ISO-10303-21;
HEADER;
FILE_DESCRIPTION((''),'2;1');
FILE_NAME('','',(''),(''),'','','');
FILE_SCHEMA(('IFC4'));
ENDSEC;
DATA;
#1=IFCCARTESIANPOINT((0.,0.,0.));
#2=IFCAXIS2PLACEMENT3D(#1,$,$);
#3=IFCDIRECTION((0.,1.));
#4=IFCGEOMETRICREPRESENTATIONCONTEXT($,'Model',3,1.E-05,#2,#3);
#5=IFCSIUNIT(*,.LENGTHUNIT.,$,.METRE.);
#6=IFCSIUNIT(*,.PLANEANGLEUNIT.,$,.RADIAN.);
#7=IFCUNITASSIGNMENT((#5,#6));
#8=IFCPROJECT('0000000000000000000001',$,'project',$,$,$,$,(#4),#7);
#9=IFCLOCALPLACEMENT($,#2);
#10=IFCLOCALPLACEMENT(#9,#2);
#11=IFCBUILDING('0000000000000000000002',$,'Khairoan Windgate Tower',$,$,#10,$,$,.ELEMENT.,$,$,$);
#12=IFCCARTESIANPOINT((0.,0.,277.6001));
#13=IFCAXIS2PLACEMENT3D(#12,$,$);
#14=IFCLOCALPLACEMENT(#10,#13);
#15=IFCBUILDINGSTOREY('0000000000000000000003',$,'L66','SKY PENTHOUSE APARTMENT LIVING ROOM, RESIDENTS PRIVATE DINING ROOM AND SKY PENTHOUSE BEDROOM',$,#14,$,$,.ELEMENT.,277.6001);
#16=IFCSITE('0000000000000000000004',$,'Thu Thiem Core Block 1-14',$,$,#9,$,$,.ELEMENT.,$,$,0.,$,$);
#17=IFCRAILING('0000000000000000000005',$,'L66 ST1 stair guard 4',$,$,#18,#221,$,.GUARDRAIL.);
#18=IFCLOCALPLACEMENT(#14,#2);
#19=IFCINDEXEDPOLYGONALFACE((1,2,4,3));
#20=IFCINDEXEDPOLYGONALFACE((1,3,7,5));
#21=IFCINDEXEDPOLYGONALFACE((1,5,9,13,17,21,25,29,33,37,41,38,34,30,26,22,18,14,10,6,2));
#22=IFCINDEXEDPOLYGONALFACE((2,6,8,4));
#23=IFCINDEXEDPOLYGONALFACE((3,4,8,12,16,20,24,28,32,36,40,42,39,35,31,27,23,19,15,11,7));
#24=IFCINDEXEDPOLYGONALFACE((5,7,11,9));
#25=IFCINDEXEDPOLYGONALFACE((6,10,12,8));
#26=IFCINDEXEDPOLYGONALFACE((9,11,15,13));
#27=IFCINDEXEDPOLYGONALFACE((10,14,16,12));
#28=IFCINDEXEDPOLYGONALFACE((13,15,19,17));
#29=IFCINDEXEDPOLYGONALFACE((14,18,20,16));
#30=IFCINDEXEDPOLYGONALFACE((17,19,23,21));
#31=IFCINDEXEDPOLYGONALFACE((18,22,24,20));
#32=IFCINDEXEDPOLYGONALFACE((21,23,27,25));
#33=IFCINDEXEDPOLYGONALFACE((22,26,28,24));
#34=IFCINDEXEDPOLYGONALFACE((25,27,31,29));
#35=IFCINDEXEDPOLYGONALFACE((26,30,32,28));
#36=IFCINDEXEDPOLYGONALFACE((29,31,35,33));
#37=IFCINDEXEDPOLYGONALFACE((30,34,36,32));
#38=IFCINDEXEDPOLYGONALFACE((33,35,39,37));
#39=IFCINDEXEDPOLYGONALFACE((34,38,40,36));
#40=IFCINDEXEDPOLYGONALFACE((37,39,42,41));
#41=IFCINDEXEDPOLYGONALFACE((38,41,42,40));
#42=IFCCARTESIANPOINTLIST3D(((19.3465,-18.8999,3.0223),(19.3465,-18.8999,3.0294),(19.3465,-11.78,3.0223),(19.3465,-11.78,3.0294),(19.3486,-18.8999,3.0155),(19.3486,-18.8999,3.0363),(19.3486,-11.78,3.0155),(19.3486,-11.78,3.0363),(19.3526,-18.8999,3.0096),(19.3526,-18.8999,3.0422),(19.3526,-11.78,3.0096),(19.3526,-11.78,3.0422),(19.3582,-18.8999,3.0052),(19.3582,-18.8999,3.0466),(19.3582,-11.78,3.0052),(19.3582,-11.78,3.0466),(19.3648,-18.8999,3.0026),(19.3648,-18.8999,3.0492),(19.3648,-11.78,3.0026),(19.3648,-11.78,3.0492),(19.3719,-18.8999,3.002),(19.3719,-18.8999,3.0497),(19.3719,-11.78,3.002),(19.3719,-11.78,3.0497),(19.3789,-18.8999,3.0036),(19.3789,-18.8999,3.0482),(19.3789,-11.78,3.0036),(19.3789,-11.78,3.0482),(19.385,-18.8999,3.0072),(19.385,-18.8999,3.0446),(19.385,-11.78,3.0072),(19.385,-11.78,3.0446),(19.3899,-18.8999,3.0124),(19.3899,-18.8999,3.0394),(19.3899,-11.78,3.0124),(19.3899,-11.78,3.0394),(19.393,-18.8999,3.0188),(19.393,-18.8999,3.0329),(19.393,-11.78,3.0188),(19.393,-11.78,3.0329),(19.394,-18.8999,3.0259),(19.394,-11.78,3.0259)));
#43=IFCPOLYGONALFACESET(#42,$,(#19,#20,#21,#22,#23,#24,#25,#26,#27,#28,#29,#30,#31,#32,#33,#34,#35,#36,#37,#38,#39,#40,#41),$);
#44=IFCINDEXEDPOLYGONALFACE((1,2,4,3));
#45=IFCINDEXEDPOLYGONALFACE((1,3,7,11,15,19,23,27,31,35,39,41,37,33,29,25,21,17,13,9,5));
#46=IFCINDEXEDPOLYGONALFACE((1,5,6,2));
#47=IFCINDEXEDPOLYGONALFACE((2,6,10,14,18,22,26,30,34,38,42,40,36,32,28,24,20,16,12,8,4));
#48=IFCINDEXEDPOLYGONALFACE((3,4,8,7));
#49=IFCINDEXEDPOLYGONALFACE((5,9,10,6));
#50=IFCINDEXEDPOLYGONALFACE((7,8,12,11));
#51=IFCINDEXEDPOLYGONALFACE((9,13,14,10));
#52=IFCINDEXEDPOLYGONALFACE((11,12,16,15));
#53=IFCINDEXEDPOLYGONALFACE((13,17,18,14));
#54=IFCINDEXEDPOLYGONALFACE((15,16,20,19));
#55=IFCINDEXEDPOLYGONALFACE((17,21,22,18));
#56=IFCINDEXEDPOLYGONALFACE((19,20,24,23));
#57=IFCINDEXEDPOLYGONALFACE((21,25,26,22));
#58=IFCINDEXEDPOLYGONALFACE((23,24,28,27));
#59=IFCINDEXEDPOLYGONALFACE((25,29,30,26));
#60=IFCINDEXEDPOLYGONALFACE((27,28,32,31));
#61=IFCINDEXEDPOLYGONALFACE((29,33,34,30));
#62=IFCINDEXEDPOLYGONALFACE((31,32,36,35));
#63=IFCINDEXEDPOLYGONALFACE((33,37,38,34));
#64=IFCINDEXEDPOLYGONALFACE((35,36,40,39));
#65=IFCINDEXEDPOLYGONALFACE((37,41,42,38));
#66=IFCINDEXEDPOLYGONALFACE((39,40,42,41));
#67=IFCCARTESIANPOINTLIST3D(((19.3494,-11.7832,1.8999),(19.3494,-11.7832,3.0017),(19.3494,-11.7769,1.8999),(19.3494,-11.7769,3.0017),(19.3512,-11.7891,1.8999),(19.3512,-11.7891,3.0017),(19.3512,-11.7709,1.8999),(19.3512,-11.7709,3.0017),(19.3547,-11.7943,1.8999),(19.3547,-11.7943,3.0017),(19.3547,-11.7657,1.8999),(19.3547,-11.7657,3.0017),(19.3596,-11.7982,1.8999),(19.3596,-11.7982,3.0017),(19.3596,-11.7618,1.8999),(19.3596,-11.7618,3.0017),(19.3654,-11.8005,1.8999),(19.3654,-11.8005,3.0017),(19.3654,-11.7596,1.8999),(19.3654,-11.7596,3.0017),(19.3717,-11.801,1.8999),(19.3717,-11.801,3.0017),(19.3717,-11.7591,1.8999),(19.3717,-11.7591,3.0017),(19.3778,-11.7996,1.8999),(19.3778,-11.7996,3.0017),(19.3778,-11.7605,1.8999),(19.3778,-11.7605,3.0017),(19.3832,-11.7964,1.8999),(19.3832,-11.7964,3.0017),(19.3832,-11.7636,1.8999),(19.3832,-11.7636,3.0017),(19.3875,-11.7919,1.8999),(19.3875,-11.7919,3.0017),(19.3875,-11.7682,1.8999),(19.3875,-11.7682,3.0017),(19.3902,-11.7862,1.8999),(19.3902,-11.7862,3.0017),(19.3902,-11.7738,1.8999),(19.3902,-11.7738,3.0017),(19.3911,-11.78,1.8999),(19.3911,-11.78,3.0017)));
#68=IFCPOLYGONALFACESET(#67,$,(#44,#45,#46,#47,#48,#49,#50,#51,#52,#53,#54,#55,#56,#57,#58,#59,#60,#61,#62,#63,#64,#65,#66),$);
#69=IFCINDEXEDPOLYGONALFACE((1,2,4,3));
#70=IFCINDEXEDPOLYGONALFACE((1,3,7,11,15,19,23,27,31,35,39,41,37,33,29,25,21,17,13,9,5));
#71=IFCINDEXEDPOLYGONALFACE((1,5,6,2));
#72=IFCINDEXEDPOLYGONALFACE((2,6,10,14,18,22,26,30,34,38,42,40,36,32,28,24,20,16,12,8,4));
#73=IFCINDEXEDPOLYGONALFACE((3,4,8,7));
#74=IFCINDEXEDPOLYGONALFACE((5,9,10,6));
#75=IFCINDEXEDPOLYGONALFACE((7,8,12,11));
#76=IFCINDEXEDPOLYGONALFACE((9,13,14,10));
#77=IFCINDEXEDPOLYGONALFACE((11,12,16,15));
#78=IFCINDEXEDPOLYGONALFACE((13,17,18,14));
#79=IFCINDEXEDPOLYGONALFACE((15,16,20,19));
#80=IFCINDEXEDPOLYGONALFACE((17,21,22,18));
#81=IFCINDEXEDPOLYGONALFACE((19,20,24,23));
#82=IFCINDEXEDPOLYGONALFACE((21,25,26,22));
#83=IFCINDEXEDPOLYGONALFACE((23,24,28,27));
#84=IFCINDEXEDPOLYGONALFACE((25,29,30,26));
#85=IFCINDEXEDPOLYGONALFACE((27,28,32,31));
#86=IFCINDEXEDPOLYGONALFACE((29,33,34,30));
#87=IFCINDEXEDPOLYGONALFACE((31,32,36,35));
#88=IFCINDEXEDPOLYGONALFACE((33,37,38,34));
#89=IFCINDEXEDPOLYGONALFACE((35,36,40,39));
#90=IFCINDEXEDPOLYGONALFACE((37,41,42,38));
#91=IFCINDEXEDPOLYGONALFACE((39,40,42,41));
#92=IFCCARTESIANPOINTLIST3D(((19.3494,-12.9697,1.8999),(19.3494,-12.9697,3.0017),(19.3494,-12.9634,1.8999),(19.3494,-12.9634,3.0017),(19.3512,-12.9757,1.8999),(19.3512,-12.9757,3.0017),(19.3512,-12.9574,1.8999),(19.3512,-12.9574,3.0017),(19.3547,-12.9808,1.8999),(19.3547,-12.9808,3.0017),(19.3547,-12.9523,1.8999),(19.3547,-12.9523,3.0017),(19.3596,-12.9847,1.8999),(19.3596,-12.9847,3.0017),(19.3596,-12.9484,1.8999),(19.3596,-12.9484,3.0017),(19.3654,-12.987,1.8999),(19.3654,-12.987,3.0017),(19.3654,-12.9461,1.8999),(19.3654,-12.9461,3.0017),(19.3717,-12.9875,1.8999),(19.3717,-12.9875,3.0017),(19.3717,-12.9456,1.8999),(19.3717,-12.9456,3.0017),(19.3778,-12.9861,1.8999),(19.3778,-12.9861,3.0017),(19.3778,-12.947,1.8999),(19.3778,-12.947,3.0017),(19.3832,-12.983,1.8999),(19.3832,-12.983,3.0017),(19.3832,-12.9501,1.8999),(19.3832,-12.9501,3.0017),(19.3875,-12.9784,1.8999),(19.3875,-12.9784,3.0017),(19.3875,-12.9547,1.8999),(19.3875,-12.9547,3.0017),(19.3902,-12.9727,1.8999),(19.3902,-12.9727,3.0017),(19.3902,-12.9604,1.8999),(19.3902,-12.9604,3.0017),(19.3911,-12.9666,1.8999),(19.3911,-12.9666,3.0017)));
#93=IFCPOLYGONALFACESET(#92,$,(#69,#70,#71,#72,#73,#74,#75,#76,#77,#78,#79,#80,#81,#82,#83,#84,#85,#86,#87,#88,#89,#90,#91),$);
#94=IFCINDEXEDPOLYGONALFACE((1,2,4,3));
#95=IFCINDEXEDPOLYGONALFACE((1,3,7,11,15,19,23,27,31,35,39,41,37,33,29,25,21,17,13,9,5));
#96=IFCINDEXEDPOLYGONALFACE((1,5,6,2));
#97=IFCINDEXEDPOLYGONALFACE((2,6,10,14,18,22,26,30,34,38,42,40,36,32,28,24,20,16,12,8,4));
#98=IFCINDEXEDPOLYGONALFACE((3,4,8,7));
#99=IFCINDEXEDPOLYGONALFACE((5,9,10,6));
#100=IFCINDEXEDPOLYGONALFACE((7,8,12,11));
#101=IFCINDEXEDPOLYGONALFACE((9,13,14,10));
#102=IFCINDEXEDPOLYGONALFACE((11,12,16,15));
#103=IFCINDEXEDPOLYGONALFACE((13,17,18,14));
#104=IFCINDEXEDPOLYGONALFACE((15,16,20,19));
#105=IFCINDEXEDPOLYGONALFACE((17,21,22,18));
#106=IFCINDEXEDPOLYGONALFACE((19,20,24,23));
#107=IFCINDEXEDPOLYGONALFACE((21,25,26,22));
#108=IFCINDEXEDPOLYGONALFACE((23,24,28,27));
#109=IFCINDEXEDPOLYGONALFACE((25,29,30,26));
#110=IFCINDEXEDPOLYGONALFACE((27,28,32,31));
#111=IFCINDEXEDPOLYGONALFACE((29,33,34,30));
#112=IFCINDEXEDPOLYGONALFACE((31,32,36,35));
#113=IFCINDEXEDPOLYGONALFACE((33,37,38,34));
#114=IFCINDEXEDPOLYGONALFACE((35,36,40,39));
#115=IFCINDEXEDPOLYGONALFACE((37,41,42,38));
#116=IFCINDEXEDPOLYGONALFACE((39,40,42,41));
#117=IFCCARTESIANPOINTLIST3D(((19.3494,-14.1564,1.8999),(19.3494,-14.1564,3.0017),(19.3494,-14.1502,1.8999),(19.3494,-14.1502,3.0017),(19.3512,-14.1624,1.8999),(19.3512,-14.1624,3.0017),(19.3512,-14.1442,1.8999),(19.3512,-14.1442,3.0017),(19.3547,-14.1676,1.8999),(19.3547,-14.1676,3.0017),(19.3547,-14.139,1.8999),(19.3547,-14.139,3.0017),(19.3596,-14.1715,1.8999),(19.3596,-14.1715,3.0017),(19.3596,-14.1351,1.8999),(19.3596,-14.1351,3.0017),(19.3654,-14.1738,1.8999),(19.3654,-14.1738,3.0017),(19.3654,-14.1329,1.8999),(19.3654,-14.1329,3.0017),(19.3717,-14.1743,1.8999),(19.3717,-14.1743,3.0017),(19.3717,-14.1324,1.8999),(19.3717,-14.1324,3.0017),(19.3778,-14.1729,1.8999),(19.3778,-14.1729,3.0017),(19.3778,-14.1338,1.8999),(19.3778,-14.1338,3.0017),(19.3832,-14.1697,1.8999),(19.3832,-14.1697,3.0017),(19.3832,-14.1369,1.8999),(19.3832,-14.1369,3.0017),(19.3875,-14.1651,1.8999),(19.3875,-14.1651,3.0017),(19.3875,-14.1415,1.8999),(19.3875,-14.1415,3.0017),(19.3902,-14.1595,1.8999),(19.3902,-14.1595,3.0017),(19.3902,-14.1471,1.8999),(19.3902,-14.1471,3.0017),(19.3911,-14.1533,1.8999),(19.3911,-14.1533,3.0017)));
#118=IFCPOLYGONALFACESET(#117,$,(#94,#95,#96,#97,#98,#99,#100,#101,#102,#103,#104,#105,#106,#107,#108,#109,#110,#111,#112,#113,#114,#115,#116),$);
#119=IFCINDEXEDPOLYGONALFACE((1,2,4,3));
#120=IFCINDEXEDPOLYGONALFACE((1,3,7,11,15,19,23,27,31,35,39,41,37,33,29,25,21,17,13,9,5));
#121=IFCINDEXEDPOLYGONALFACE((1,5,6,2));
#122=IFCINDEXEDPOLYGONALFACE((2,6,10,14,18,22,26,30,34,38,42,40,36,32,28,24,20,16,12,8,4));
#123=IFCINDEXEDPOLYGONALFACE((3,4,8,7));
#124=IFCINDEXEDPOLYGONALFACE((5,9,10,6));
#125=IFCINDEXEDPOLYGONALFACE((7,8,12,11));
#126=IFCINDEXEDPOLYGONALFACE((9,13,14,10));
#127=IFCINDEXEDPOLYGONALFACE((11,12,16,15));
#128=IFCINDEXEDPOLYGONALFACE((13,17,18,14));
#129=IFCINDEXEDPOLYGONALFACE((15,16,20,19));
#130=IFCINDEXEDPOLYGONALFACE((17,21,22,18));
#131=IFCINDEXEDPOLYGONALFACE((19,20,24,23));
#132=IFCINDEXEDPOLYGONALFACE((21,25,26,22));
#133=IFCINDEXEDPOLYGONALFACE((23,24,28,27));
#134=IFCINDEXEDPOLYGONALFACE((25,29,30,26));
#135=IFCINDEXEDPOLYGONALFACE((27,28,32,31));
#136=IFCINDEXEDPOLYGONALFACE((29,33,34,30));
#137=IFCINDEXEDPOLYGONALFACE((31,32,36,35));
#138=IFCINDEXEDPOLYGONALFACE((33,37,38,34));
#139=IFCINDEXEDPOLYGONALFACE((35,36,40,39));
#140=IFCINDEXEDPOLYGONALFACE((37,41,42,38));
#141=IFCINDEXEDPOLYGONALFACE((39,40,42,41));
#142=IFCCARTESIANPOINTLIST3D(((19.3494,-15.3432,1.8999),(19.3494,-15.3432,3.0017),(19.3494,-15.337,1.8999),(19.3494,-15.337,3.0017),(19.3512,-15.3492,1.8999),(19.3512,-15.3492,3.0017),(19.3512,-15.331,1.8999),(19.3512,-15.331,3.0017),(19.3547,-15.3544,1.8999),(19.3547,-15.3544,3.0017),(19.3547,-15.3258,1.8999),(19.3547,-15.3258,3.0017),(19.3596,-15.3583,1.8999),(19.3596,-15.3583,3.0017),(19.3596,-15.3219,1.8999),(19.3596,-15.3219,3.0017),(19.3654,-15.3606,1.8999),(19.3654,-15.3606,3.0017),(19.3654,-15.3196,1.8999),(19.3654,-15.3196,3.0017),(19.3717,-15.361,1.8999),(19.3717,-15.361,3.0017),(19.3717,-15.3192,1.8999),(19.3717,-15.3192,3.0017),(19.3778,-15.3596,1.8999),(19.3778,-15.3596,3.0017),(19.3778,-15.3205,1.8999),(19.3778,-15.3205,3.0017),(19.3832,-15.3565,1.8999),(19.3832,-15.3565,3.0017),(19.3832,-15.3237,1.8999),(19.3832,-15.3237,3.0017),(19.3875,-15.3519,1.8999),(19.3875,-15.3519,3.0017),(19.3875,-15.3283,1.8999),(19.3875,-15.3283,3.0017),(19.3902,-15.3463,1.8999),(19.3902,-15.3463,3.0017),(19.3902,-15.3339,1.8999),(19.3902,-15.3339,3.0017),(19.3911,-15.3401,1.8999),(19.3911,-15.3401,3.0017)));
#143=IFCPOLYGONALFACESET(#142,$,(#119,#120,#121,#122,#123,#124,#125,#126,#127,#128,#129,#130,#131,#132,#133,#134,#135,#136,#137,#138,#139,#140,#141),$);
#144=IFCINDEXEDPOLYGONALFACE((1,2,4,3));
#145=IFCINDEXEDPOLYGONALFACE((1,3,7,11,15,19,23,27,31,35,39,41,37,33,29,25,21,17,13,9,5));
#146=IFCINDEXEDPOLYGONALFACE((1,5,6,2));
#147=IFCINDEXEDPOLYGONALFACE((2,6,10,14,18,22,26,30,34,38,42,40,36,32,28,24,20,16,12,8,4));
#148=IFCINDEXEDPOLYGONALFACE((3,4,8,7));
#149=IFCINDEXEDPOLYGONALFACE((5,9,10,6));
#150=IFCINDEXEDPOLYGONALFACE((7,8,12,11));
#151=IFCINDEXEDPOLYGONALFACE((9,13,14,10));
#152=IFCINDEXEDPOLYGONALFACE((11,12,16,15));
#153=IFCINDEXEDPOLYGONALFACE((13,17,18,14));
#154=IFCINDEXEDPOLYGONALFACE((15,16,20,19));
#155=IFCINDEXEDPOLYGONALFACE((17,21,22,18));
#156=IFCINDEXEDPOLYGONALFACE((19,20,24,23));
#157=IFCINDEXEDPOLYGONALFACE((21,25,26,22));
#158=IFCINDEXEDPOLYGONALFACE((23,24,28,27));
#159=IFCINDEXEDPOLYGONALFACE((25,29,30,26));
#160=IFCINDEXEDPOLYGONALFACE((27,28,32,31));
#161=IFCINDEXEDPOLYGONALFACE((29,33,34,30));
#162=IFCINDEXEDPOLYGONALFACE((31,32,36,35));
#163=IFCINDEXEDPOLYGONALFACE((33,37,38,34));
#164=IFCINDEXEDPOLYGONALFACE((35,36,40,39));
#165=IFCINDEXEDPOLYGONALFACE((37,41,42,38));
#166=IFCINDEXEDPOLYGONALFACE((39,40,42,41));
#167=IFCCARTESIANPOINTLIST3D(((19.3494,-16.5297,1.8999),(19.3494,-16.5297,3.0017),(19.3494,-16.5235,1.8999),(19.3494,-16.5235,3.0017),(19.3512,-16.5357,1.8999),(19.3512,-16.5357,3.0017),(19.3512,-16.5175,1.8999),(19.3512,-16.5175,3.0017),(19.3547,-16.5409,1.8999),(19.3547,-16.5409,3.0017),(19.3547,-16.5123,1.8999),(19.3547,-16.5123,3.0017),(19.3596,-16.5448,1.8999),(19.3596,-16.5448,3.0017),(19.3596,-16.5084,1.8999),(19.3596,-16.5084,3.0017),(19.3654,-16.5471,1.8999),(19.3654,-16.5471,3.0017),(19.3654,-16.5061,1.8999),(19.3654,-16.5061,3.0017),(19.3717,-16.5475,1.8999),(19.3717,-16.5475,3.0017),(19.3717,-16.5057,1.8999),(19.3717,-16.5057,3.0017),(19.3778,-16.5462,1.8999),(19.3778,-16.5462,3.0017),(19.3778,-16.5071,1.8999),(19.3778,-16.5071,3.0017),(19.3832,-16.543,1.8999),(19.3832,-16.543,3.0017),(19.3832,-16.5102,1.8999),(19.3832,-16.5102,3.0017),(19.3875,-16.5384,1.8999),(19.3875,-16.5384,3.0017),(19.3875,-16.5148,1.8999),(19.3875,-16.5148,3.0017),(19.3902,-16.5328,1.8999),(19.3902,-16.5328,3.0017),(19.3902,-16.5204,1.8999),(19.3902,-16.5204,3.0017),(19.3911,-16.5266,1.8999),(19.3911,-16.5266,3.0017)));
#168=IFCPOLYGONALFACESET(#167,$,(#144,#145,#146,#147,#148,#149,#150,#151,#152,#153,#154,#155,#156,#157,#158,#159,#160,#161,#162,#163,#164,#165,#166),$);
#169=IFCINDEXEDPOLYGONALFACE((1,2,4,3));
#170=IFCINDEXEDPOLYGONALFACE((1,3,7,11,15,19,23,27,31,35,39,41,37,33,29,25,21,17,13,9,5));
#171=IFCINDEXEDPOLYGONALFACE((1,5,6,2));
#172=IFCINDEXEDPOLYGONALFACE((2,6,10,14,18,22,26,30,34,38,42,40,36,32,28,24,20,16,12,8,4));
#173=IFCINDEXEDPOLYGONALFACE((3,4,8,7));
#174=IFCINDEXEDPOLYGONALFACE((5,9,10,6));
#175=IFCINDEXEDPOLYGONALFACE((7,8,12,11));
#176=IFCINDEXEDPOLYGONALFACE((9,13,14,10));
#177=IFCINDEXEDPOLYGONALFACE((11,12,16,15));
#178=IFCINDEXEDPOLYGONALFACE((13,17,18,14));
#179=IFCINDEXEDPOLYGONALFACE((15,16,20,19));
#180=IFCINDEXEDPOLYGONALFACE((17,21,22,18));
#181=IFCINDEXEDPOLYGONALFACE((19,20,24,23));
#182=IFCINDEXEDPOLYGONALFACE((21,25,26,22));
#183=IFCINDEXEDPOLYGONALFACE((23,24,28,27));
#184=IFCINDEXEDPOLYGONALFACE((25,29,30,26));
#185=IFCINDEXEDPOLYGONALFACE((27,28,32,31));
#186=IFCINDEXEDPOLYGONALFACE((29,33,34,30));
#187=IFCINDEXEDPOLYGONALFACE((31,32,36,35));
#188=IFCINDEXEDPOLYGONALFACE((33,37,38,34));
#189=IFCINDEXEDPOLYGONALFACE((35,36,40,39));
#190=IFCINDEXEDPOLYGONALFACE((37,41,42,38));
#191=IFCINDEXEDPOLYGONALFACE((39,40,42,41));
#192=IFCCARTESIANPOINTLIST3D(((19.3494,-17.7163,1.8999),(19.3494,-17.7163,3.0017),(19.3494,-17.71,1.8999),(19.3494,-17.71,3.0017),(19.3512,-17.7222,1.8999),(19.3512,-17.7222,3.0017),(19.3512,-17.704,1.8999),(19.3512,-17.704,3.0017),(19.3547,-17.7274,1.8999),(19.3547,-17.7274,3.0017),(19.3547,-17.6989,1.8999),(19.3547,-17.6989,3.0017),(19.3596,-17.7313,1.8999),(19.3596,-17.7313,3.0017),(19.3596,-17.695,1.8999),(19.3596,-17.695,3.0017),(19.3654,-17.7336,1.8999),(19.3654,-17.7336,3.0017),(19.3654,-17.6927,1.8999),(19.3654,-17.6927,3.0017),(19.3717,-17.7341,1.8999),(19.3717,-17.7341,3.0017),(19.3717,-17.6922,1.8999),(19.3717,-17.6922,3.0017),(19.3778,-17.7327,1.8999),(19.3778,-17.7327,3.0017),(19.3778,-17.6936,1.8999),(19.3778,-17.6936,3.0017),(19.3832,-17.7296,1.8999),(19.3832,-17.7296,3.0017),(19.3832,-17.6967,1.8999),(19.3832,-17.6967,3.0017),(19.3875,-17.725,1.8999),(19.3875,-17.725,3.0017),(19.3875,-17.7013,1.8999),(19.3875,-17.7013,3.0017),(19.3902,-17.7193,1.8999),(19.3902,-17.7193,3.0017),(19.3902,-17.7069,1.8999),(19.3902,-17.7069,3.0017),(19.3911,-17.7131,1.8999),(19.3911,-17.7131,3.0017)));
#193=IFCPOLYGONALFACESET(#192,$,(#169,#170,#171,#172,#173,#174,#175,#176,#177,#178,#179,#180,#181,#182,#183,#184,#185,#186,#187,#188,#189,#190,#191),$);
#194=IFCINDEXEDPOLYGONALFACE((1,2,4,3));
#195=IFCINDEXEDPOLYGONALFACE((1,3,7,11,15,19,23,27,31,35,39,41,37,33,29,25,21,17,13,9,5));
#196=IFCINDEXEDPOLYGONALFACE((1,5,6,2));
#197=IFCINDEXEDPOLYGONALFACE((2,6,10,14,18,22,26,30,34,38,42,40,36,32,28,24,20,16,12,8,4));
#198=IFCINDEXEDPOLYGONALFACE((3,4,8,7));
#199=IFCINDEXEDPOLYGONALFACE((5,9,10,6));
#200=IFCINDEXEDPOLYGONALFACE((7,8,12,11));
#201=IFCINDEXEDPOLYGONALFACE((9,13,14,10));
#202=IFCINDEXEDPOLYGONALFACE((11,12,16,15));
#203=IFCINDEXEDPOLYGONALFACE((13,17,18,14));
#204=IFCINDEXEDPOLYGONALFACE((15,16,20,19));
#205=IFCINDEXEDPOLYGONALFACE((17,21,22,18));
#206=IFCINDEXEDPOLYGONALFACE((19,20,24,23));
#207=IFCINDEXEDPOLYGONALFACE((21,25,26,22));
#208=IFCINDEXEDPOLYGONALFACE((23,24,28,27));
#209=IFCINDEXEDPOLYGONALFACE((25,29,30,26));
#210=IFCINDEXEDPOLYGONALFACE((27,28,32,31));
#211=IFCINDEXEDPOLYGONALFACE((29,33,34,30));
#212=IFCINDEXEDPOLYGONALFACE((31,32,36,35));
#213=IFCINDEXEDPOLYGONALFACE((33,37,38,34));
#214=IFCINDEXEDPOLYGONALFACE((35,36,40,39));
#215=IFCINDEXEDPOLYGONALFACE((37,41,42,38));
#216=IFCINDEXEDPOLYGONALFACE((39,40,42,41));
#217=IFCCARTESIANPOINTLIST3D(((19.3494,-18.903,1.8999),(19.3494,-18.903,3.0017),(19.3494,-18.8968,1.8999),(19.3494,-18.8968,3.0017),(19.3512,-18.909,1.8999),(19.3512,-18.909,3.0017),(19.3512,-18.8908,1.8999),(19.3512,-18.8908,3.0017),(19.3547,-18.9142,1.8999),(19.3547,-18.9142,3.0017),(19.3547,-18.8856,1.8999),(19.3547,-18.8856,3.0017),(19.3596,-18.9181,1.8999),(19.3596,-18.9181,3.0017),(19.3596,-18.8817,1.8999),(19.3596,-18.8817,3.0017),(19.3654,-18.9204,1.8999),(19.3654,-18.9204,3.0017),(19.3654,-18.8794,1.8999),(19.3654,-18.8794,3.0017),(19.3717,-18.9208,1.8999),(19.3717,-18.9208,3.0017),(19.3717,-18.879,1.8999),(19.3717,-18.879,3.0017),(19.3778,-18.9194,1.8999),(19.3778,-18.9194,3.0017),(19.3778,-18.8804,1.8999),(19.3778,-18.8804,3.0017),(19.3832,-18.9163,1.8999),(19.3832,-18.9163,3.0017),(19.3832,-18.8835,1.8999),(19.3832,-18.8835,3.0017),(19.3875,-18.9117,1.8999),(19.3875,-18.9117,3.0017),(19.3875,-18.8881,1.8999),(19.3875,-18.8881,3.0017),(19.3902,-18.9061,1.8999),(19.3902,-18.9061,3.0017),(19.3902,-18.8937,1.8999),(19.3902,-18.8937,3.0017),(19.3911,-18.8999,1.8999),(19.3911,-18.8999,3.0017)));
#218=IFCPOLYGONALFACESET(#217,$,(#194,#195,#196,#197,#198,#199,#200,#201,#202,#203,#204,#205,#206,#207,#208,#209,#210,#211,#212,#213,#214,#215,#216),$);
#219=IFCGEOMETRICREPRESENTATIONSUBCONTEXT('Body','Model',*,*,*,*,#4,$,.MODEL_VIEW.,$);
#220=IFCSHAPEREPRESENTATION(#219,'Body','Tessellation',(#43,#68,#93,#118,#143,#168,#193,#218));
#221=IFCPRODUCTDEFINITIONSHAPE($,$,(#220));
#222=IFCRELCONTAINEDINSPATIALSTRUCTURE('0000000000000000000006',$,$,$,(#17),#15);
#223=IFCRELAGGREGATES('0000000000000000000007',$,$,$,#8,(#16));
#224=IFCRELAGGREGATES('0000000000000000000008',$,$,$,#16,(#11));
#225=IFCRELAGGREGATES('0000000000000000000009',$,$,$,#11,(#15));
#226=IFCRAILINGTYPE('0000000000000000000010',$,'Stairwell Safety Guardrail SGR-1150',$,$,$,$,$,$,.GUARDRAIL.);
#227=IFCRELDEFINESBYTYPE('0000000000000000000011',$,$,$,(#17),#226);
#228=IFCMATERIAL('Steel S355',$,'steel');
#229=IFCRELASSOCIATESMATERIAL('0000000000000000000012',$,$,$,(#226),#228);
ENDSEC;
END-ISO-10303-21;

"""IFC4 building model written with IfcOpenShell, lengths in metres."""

from ifc_helpers import new_model, si_unit, direction, frame, origin, origin_2d, place, context, subcontext, project, spatial, circle, extrude, material, type_object, element, save


model = new_model("IFC4")

# Units and contexts
model_context = context("Model", 3, precision=1e-05, world=origin(), true_north=direction((0.0, 1.0)))
body_context = subcontext(model_context, "Body", "Model", "MODEL_VIEW")
ifc_project = project(units=[si_unit("LENGTHUNIT", "METRE"), si_unit("PLANEANGLEUNIT", "RADIAN")], contexts=[model_context])

# Site, building, storey
site_placement = place(None, origin())
site = spatial("IfcSite", under=ifc_project, at=site_placement, Name="Thu Thiem Core Block 1-14", CompositionType="ELEMENT", RefElevation=0.0)
building_placement = place(site_placement, origin())
building = spatial("IfcBuilding", under=site, at=building_placement, Name="Khairoan Windgate Tower", CompositionType="ELEMENT")
storey_placement = place(building_placement, frame((0.0, 0.0, 277.6001)))
storey = spatial("IfcBuildingStorey", under=building, at=storey_placement, Name="L66", Description="SKY PENTHOUSE APARTMENT LIVING ROOM, RESIDENTS PRIVATE DINING ROOM AND SKY PENTHOUSE BEDROOM", CompositionType="ELEMENT", Elevation=277.6001)

# Railing
ifc_material_1 = material(Name="Steel S355", Category="steel")
railing_type_1 = type_object("IfcRailingType", Name="Stairwell Safety Guardrail SGR-1150", PredefinedType="GUARDRAIL", material=ifc_material_1)
railing_1_placement = place(storey_placement, frame((19.3701, -11.78, 1.8999)))
element("IfcRailing", 1, at=railing_1_placement, inside=storey, type_object=railing_type_1, Name="L66 ST1 stair guard 4", PredefinedType="GUARDRAIL", context=body_context, shape_type="SweptSolid", body=[
    extrude(circle(Radius=0.0239, at=origin_2d()), frame((0.0, 0.0, 1.126), z_axis=(0.0, -1.0, 0.0), x_axis=(1.0, 0.0, 0.0)), (0.0, 0.0, 1.0), 7.1199),
    extrude(circle(Radius=0.021, at=origin_2d()), origin(), (0.0, 0.0, 1.0), 1.1018),
    extrude(circle(Radius=0.021, at=origin_2d()), frame((0.0, -1.1865, 0.0)), (0.0, 0.0, 1.0), 1.1018),
    extrude(circle(Radius=0.021, at=origin_2d()), frame((0.0, -2.3733, 0.0)), (0.0, 0.0, 1.0), 1.1018),
    extrude(circle(Radius=0.021, at=origin_2d()), frame((0.0, -3.5601, 0.0)), (0.0, 0.0, 1.0), 1.1018),
    extrude(circle(Radius=0.021, at=origin_2d()), frame((0.0, -4.7466, 0.0)), (0.0, 0.0, 1.0), 1.1018),
    extrude(circle(Radius=0.021, at=origin_2d()), frame((0.0, -5.9331, 0.0)), (0.0, 0.0, 1.0), 1.1018),
    extrude(circle(Radius=0.021, at=origin_2d()), frame((0.0, -7.1199, 0.0)), (0.0, 0.0, 1.0), 1.1018),
])

save(model, "model.ifc")
